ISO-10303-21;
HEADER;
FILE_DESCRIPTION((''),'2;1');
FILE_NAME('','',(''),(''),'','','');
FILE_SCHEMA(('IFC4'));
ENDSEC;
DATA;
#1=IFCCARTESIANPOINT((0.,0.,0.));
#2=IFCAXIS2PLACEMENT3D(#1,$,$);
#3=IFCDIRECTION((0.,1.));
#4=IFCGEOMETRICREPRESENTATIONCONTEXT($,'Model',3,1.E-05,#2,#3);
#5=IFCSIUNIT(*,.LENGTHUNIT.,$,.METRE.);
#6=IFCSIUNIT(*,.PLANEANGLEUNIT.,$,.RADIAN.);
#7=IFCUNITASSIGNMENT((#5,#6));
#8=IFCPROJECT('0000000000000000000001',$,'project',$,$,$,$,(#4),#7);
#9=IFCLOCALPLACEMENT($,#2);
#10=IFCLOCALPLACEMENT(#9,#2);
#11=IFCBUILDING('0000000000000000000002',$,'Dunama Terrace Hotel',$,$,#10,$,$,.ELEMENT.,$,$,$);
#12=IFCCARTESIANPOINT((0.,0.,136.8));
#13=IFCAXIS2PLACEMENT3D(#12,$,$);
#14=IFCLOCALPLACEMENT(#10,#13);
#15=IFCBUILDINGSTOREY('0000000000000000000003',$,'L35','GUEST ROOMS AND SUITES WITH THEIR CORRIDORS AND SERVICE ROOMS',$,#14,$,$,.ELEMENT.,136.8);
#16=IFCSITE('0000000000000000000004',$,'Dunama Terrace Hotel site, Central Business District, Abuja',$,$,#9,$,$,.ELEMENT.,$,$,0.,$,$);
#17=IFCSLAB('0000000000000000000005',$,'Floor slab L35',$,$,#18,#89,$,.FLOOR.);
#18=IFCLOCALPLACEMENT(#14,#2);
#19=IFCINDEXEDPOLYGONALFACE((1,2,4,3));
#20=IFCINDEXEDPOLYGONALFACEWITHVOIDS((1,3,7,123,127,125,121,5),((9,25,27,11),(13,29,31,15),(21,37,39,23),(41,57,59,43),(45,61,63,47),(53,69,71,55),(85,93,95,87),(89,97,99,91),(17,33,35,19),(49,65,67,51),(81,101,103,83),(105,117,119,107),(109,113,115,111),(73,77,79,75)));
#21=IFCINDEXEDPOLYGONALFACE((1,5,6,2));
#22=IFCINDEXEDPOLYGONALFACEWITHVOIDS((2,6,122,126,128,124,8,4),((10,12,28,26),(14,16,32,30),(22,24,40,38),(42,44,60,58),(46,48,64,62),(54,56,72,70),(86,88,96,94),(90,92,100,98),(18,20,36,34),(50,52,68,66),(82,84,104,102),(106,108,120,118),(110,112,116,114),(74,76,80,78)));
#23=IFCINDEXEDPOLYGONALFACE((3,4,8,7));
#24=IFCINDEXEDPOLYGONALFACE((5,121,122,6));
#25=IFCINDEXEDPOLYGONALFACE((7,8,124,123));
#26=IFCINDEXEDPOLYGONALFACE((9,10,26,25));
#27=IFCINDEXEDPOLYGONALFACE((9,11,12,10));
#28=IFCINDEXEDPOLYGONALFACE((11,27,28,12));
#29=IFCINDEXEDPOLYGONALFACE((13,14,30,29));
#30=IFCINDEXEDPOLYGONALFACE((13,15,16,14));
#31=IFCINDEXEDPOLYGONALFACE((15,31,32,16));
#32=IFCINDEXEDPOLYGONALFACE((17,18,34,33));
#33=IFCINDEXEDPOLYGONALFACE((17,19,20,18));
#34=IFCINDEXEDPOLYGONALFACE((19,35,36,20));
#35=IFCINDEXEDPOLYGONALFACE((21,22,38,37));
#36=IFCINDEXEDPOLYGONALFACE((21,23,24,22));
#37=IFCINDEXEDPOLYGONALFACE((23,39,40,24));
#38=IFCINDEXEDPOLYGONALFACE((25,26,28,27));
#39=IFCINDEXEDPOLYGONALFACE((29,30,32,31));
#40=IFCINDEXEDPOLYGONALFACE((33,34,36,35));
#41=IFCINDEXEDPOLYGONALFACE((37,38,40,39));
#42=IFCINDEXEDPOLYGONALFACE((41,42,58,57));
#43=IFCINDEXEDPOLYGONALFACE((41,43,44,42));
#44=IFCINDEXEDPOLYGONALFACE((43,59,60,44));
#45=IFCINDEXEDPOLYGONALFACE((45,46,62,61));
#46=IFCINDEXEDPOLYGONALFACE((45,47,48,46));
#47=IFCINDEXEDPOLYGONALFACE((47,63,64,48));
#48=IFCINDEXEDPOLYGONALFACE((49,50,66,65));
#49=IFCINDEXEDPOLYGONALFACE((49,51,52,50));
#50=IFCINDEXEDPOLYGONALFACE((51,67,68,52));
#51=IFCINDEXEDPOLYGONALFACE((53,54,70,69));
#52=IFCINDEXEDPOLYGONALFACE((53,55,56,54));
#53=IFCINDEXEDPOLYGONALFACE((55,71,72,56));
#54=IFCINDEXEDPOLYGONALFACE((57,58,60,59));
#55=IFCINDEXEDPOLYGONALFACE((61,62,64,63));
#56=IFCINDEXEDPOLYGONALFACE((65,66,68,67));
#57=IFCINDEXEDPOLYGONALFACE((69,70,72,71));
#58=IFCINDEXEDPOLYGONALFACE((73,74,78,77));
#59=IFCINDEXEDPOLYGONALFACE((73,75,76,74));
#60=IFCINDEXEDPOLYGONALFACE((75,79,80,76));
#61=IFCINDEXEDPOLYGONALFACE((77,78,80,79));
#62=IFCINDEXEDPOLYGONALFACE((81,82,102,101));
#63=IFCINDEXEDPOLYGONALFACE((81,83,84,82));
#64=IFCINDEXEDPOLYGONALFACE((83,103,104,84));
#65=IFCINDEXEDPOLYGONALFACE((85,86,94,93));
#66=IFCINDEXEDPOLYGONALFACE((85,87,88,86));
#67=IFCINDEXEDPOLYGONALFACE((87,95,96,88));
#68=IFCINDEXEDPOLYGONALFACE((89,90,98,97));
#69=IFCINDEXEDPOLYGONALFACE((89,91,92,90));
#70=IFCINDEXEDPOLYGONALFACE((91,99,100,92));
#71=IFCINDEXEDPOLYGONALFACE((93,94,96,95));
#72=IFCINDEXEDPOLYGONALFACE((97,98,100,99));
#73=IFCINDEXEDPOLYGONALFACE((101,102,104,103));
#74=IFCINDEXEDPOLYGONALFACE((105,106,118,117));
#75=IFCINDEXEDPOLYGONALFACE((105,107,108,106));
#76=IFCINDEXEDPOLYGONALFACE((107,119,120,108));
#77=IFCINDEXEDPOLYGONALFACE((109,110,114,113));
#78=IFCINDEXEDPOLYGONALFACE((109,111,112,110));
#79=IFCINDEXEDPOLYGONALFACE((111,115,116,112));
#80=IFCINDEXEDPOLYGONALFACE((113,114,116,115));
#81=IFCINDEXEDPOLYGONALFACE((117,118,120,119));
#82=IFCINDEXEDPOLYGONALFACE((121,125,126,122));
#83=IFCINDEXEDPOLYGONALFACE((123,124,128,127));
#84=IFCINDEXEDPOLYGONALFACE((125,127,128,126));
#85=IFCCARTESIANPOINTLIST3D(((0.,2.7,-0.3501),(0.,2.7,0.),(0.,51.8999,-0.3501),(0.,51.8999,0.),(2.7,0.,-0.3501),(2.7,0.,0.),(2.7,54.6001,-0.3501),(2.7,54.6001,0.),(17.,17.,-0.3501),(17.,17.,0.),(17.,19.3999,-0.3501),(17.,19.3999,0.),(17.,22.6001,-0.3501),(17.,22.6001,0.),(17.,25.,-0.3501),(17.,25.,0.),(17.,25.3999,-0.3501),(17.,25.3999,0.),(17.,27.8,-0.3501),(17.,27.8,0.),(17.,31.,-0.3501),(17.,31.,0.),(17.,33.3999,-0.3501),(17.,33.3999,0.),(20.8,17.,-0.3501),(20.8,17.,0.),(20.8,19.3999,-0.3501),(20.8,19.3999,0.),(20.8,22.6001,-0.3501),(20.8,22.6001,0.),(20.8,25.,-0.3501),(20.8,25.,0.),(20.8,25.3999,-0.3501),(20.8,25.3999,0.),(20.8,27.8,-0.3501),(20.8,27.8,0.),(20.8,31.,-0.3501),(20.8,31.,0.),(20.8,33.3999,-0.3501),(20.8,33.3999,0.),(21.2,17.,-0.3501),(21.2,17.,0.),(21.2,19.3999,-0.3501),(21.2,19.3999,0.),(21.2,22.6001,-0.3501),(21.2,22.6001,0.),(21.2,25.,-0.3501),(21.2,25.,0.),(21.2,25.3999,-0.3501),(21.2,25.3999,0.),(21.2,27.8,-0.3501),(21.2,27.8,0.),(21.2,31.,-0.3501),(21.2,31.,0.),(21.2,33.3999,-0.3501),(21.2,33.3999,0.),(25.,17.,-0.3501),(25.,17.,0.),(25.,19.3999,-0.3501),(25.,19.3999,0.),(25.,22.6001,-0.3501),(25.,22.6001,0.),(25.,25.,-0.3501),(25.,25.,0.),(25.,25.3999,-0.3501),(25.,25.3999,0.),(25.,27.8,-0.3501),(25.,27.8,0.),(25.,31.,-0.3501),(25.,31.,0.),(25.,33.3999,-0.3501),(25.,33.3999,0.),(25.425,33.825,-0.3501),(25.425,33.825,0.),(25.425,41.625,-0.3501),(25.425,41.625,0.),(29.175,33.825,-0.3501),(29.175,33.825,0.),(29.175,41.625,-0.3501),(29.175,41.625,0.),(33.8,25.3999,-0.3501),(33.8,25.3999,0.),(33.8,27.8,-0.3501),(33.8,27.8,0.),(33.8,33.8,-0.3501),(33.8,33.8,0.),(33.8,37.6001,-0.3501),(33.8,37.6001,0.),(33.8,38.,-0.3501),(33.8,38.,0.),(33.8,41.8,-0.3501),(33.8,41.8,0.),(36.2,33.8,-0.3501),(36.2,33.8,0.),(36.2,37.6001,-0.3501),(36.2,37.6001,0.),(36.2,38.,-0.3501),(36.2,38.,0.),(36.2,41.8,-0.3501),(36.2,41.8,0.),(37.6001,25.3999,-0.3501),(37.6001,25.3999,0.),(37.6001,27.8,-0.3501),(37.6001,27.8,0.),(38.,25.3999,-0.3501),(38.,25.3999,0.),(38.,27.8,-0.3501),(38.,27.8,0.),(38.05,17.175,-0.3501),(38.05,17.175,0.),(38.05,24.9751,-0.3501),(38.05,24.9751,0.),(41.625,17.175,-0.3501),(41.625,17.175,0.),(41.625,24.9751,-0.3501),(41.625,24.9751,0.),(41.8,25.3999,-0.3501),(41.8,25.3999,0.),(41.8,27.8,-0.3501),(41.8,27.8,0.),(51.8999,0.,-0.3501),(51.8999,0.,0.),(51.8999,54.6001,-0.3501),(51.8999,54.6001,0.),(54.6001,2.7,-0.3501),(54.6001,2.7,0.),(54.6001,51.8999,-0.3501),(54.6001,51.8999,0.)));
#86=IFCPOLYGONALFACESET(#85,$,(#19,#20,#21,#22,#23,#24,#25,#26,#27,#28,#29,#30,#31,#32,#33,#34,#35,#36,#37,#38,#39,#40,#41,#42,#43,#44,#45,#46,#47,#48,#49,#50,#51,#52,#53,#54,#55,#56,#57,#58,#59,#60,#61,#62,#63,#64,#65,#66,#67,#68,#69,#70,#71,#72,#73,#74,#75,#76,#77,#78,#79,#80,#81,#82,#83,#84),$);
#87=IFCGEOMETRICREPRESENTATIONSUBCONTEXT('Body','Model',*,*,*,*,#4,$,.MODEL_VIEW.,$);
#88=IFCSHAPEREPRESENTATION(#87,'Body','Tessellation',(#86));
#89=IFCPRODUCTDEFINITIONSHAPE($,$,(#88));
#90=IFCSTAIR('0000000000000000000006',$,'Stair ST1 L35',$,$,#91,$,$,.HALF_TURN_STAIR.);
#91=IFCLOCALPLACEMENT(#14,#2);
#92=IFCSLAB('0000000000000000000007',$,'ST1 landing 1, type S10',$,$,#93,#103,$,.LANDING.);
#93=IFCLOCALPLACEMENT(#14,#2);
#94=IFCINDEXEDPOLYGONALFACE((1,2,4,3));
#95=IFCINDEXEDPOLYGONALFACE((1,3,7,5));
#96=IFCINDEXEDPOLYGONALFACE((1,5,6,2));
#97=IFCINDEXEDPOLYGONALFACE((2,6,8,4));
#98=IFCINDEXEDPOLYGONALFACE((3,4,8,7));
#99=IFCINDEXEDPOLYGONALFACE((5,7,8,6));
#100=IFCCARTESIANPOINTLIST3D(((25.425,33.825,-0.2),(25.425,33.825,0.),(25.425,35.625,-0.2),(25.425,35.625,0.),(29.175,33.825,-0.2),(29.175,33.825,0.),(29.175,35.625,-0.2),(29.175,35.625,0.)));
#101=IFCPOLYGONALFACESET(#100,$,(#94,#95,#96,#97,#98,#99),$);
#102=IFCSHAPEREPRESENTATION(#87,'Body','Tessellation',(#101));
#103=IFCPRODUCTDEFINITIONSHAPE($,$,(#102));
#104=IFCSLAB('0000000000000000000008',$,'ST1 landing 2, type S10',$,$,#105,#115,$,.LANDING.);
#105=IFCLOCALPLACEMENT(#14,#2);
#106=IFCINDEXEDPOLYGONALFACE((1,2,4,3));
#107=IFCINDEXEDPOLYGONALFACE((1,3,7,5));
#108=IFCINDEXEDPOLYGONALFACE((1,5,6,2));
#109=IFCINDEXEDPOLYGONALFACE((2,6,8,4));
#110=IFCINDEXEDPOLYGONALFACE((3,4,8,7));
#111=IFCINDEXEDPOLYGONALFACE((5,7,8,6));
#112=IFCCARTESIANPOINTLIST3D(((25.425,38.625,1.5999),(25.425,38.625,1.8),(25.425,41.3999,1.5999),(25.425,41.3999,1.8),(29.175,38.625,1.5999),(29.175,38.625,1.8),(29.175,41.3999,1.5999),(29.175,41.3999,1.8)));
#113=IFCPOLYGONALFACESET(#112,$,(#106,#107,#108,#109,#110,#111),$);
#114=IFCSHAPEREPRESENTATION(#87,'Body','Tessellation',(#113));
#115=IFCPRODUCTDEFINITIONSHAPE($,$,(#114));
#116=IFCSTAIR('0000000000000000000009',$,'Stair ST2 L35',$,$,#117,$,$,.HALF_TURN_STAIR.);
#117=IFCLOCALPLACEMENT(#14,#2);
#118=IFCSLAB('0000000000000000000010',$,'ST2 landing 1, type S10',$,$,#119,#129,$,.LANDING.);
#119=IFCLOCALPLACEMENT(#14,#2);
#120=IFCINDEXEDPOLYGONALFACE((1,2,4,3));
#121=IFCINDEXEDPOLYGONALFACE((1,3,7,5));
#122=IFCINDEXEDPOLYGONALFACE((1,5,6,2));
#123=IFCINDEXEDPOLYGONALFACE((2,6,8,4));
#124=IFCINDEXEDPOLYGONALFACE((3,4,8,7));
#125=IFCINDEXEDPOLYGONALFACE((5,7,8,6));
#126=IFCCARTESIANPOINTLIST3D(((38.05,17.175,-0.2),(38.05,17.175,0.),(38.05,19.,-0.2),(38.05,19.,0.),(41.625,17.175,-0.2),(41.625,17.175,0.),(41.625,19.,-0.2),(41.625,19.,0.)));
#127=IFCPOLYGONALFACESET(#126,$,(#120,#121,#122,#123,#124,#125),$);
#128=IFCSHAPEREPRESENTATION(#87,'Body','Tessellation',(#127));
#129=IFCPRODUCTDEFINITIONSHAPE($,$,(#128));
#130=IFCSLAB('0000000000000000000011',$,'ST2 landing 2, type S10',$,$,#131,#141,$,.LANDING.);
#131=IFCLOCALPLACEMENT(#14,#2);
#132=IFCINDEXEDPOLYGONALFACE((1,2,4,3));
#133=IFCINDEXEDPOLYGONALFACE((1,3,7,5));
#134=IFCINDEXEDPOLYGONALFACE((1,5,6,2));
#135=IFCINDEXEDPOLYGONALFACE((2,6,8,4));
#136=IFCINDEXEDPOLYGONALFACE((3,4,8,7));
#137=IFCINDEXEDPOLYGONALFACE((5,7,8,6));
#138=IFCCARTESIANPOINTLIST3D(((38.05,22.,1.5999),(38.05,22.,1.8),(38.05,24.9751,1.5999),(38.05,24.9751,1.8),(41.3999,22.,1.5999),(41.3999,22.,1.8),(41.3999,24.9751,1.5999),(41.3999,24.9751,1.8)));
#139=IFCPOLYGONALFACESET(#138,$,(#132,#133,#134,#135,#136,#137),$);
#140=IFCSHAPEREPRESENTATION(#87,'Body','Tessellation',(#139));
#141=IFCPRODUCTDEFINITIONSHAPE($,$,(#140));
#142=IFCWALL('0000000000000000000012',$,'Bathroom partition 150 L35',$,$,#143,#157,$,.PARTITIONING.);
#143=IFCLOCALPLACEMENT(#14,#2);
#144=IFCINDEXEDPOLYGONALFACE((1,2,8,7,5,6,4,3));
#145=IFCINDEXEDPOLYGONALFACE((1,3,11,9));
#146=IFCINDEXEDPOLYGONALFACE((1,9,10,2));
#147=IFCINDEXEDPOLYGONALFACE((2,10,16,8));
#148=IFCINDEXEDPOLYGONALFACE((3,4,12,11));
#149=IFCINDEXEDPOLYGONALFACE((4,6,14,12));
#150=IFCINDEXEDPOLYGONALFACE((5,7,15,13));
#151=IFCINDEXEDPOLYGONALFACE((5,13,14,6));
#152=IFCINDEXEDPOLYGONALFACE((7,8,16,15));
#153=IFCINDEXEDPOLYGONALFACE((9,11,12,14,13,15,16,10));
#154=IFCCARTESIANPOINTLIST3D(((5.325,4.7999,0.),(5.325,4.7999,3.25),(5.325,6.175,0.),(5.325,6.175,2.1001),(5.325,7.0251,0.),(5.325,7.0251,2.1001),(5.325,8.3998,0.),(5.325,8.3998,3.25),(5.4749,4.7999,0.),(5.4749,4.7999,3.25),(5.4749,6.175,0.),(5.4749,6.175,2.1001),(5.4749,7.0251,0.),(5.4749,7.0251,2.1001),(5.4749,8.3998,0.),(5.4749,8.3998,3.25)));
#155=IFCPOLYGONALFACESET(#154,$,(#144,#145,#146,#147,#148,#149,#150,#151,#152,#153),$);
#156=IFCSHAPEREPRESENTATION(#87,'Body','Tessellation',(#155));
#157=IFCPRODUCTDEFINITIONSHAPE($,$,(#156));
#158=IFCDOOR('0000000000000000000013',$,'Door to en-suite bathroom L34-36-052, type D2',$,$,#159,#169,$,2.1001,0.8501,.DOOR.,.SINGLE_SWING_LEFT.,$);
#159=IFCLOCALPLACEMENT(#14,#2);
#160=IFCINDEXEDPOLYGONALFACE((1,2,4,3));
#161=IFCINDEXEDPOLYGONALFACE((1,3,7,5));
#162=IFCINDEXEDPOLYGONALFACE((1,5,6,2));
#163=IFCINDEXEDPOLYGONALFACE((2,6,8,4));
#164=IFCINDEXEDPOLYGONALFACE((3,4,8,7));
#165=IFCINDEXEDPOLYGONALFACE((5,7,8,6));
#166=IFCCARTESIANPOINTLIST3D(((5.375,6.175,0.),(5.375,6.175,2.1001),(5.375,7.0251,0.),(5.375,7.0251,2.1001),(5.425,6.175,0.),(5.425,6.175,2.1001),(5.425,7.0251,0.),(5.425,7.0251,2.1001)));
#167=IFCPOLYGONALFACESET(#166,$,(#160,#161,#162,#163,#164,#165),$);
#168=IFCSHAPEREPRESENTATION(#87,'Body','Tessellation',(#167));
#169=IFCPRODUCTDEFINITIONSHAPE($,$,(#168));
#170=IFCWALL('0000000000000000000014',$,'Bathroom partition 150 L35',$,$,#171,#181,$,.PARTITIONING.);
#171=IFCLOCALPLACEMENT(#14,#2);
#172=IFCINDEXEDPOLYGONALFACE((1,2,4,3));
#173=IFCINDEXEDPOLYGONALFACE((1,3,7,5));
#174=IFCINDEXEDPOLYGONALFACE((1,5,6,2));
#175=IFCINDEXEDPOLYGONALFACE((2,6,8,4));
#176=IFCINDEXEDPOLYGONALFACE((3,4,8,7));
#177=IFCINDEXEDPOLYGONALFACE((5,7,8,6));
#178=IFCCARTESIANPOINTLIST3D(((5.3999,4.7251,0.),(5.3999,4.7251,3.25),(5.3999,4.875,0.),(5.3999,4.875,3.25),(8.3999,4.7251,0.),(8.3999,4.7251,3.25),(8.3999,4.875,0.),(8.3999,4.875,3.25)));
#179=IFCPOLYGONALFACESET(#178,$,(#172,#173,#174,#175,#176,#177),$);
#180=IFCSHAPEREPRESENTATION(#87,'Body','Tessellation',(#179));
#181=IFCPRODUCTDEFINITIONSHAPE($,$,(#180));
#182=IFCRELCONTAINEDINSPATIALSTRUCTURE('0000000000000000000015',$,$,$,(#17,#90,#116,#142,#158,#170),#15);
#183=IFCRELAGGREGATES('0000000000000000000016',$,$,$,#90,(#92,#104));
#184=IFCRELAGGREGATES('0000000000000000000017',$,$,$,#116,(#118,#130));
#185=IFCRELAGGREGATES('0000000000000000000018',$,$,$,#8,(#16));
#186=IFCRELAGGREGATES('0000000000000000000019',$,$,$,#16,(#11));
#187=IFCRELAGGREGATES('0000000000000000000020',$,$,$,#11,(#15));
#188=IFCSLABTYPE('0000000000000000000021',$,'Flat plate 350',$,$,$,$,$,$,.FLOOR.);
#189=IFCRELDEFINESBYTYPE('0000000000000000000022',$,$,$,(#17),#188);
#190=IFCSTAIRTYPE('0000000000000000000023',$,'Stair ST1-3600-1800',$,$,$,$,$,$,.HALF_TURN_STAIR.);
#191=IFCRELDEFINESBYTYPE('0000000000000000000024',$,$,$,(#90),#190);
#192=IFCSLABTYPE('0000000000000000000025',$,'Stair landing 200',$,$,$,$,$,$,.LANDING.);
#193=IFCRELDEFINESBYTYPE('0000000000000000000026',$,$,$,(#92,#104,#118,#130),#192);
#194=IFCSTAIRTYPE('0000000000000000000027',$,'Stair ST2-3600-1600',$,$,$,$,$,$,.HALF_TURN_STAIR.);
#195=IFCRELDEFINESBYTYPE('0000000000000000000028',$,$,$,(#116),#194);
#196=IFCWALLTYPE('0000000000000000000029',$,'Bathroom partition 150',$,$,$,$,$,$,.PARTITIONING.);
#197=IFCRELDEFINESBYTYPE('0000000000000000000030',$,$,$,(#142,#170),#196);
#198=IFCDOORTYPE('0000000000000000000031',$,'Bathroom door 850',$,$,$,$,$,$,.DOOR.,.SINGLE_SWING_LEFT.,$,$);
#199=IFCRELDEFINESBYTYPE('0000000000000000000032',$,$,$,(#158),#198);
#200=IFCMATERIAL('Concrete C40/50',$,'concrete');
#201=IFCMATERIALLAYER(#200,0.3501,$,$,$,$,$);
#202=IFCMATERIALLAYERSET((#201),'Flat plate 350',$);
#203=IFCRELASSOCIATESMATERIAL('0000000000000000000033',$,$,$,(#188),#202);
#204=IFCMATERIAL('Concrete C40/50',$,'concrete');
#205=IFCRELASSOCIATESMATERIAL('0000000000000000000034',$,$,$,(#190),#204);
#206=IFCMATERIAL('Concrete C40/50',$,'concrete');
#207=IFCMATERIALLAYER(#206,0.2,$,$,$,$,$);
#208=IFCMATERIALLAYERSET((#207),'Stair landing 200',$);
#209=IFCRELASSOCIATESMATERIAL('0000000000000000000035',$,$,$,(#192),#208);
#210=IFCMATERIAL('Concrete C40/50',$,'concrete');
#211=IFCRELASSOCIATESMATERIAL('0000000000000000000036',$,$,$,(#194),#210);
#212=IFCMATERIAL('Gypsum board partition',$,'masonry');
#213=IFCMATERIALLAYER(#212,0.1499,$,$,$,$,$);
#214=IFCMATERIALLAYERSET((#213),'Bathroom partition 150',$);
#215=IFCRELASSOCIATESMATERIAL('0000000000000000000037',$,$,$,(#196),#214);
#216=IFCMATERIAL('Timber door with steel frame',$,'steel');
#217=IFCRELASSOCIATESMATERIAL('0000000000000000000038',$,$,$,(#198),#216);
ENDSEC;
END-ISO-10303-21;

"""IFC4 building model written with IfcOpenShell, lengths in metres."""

from ifc_helpers import new_model, si_unit, direction, frame, frame_2d, origin, place, context, subcontext, project, spatial, polyline, rectangle, outline, extrude, material, layer, layer_set, type_object, element, fill, aggregate, save


model = new_model("IFC4")

# Units and contexts
model_context = context("Model", 3, precision=1e-05, world=origin(), true_north=direction((0.0, 1.0)))
body_context = subcontext(model_context, "Body", "Model", "MODEL_VIEW")
ifc_project = project(units=[si_unit("LENGTHUNIT", "METRE"), si_unit("PLANEANGLEUNIT", "RADIAN")], contexts=[model_context])

# Site, building, storey
site_placement = place(None, origin())
site = spatial("IfcSite", under=ifc_project, at=site_placement, Name="Dunama Terrace Hotel site, Central Business District, Abuja", CompositionType="ELEMENT", RefElevation=0.0)
building_placement = place(site_placement, origin())
building = spatial("IfcBuilding", under=site, at=building_placement, Name="Dunama Terrace Hotel", CompositionType="ELEMENT")
storey_placement = place(building_placement, frame((0.0, 0.0, 136.8)))
storey = spatial("IfcBuildingStorey", under=building, at=storey_placement, Name="L35", Description="GUEST ROOMS AND SUITES WITH THEIR CORRIDORS AND SERVICE ROOMS", CompositionType="ELEMENT", Elevation=136.8)

# Slab
ifc_material_1 = material(Name="Concrete C40/50", Category="concrete")
ifc_layer_1 = layer(ifc_material_1, 0.3501)
ifc_layer_set_1 = layer_set([ifc_layer_1], Name="Flat plate 350")
slab_type_1 = type_object("IfcSlabType", Name="Flat plate 350", PredefinedType="FLOOR", material=ifc_layer_set_1)
slab_1_placement = place(storey_placement, frame((0.0, 0.0, -0.3501)))
element("IfcSlab", 1, at=slab_1_placement, inside=storey, type_object=slab_type_1, Name="Floor slab L35", PredefinedType="FLOOR", context=body_context, shape_type="SweptSolid", body=[
    extrude(outline(polyline([(2.7, 0.0), (51.8999, 0.0), (54.6001, 2.7), (54.6001, 51.8999), (51.8999, 54.6001), (2.7, 54.6001), (0.0, 51.8999), (0.0, 2.7), (2.7, 0.0)]), holes=[polyline([(37.6001, 25.3999), (37.6001, 27.8), (33.8, 27.8), (33.8, 25.3999), (37.6001, 25.3999)]), polyline([(41.8, 25.3999), (41.8, 27.8), (38.0, 27.8), (38.0, 25.3999), (41.8, 25.3999)]), polyline([(20.8, 17.0), (20.8, 19.3999), (17.0, 19.3999), (17.0, 17.0), (20.8, 17.0)]), polyline([(25.0, 17.0), (25.0, 19.3999), (21.2, 19.3999), (21.2, 17.0), (25.0, 17.0)]), polyline([(20.8, 22.6001), (20.8, 25.0), (17.0, 25.0), (17.0, 22.6001), (20.8, 22.6001)]), polyline([(25.0, 22.6001), (25.0, 25.0), (21.2, 25.0), (21.2, 22.6001), (25.0, 22.6001)]), polyline([(20.8, 25.3999), (20.8, 27.8), (17.0, 27.8), (17.0, 25.3999), (20.8, 25.3999)]), polyline([(25.0, 25.3999), (25.0, 27.8), (21.2, 27.8), (21.2, 25.3999), (25.0, 25.3999)]), polyline([(20.8, 31.0), (20.8, 33.3999), (17.0, 33.3999), (17.0, 31.0), (20.8, 31.0)]), polyline([(25.0, 31.0), (25.0, 33.3999), (21.2, 33.3999), (21.2, 31.0), (25.0, 31.0)]), polyline([(36.2, 38.0), (36.2, 41.8), (33.8, 41.8), (33.8, 38.0), (36.2, 38.0)]), polyline([(36.2, 33.8), (36.2, 37.6001), (33.8, 37.6001), (33.8, 33.8), (36.2, 33.8)]), polyline([(29.175, 33.825), (29.175, 41.625), (25.425, 41.625), (25.425, 33.825), (29.175, 33.825)]), polyline([(41.625, 17.175), (41.625, 24.9751), (38.05, 24.9751), (38.05, 17.175), (41.625, 17.175)])]), origin(), (0.0, 0.0, 1.0), 0.3501),
])

# Stairs, slabs
ifc_material_2 = material(Name="Concrete C40/50", Category="concrete")
stair_type_1 = type_object("IfcStairType", Name="Stair ST1-3600-1800", PredefinedType="HALF_TURN_STAIR", material=ifc_material_2)
stair_1_placement = place(storey_placement, origin())
stair_1 = element("IfcStair", 2, at=stair_1_placement, inside=storey, type_object=stair_type_1, Name="Stair ST1 L35", PredefinedType="HALF_TURN_STAIR")
ifc_material_3 = material(Name="Concrete C40/50", Category="concrete")
ifc_layer_2 = layer(ifc_material_3, 0.2)
ifc_layer_set_2 = layer_set([ifc_layer_2], Name="Stair landing 200")
slab_type_2 = type_object("IfcSlabType", Name="Stair landing 200", PredefinedType="LANDING", material=ifc_layer_set_2)
slab_2_placement = place(storey_placement, frame((0.0, 0.0, -0.2)))
slab_2 = element("IfcSlab", 3, at=slab_2_placement, type_object=slab_type_2, Name="ST1 landing 1, type S10", PredefinedType="LANDING", context=body_context, shape_type="SweptSolid", body=[
    extrude(outline(polyline([(25.425, 33.825), (29.175, 33.825), (29.175, 35.625), (25.425, 35.625), (25.425, 33.825)])), origin(), (0.0, 0.0, 1.0), 0.2),
])
slab_3_placement = place(storey_placement, frame((0.0, 0.0, 1.5999)))
slab_3 = element("IfcSlab", 4, at=slab_3_placement, type_object=slab_type_2, Name="ST1 landing 2, type S10", PredefinedType="LANDING", context=body_context, shape_type="SweptSolid", body=[
    extrude(outline(polyline([(25.425, 38.625), (29.175, 38.625), (29.175, 41.3999), (25.425, 41.3999), (25.425, 38.625)])), origin(), (0.0, 0.0, 1.0), 0.2002),
])
aggregate(stair_1, [slab_2, slab_3])
ifc_material_4 = material(Name="Concrete C40/50", Category="concrete")
stair_type_2 = type_object("IfcStairType", Name="Stair ST2-3600-1600", PredefinedType="HALF_TURN_STAIR", material=ifc_material_4)
stair_2_placement = place(storey_placement, origin())
stair_2 = element("IfcStair", 5, at=stair_2_placement, inside=storey, type_object=stair_type_2, Name="Stair ST2 L35", PredefinedType="HALF_TURN_STAIR")
slab_4_placement = place(storey_placement, frame((0.0, 0.0, -0.2)))
slab_4 = element("IfcSlab", 6, at=slab_4_placement, type_object=slab_type_2, Name="ST2 landing 1, type S10", PredefinedType="LANDING", context=body_context, shape_type="SweptSolid", body=[
    extrude(outline(polyline([(38.05, 17.175), (41.625, 17.175), (41.625, 19.0), (38.05, 19.0), (38.05, 17.175)])), origin(), (0.0, 0.0, 1.0), 0.2),
])
slab_5_placement = place(storey_placement, frame((0.0, 0.0, 1.5999)))
slab_5 = element("IfcSlab", 7, at=slab_5_placement, type_object=slab_type_2, Name="ST2 landing 2, type S10", PredefinedType="LANDING", context=body_context, shape_type="SweptSolid", body=[
    extrude(outline(polyline([(38.05, 22.0), (41.3999, 22.0), (41.3999, 24.9751), (38.05, 24.9751), (38.05, 22.0)])), origin(), (0.0, 0.0, 1.0), 0.2002),
])
aggregate(stair_2, [slab_4, slab_5])

# Wall, opening, door
ifc_material_5 = material(Name="Gypsum board partition", Category="masonry")
ifc_layer_3 = layer(ifc_material_5, 0.1499)
ifc_layer_set_3 = layer_set([ifc_layer_3], Name="Bathroom partition 150")
wall_type_1 = type_object("IfcWallType", Name="Bathroom partition 150", PredefinedType="PARTITIONING", material=ifc_layer_set_3)
wall_1_placement = place(storey_placement, frame((5.3999, 4.8, 0.0), z_axis=(0.0, 0.0, 1.0), x_axis=(0.0, 1.0, 0.0)))
wall_1 = element("IfcWall", 8, at=wall_1_placement, inside=storey, type_object=wall_type_1, Name="Bathroom partition 150 L35", PredefinedType="PARTITIONING", context=body_context, shape_type="SweptSolid", body=[
    extrude(rectangle(XDim=3.5999, YDim=0.1499, at=frame_2d((1.7998, 0.0))), origin(), (0.0, 0.0, 1.0), 3.25),
])
opening_1_placement = place(wall_1_placement, frame((1.375, 0.0, 0.0)))
opening_1 = element("IfcOpeningElement", 9, at=opening_1_placement, cuts=wall_1, PredefinedType="OPENING", context=body_context, shape_type="SweptSolid", body=[
    extrude(rectangle(XDim=0.8501, YDim=2.1001, at=frame_2d((0.425, 1.05))), frame((0.0, 0.085, 0.0), z_axis=(0.0, -1.0, 0.0), x_axis=(1.0, 0.0, 0.0)), (0.0, 0.0, 1.0), 0.1699),
])
ifc_material_6 = material(Name="Timber door with steel frame", Category="steel")
door_type_1 = type_object("IfcDoorType", Name="Bathroom door 850", OperationType="SINGLE_SWING_LEFT", PredefinedType="DOOR", material=ifc_material_6)
door_1_placement = place(opening_1_placement, frame((0.8501, 0.0, 0.0), z_axis=(0.0, 0.0, 1.0), x_axis=(-1.0, 0.0, 0.0)))
door_1 = element("IfcDoor", 10, at=door_1_placement, inside=storey, type_object=door_type_1, Name="Door to en-suite bathroom L34-36-052, type D2", OperationType="SINGLE_SWING_LEFT", OverallHeight=2.1001, OverallWidth=0.8501, PredefinedType="DOOR", context=body_context, shape_type="SweptSolid", body=[
    extrude(rectangle(XDim=0.8501, YDim=2.1001, at=frame_2d((0.425, 1.05))), frame((0.0, 0.0251, 0.0), z_axis=(0.0, -1.0, 0.0), x_axis=(1.0, 0.0, 0.0)), (0.0, 0.0, 1.0), 0.05),
])
fill(opening_1, door_1)

# Wall
wall_2_placement = place(storey_placement, frame((5.3999, 4.8, 0.0), z_axis=(0.0, 0.0, 1.0), x_axis=(1.0, 0.0, 0.0)))
element("IfcWall", 11, at=wall_2_placement, inside=storey, type_object=wall_type_1, Name="Bathroom partition 150 L35", PredefinedType="PARTITIONING", context=body_context, shape_type="SweptSolid", body=[
    extrude(rectangle(XDim=3.0, YDim=0.1499, at=frame_2d((1.5, 0.0))), origin(), (0.0, 0.0, 1.0), 3.25),
])

save(model, "model.ifc")
